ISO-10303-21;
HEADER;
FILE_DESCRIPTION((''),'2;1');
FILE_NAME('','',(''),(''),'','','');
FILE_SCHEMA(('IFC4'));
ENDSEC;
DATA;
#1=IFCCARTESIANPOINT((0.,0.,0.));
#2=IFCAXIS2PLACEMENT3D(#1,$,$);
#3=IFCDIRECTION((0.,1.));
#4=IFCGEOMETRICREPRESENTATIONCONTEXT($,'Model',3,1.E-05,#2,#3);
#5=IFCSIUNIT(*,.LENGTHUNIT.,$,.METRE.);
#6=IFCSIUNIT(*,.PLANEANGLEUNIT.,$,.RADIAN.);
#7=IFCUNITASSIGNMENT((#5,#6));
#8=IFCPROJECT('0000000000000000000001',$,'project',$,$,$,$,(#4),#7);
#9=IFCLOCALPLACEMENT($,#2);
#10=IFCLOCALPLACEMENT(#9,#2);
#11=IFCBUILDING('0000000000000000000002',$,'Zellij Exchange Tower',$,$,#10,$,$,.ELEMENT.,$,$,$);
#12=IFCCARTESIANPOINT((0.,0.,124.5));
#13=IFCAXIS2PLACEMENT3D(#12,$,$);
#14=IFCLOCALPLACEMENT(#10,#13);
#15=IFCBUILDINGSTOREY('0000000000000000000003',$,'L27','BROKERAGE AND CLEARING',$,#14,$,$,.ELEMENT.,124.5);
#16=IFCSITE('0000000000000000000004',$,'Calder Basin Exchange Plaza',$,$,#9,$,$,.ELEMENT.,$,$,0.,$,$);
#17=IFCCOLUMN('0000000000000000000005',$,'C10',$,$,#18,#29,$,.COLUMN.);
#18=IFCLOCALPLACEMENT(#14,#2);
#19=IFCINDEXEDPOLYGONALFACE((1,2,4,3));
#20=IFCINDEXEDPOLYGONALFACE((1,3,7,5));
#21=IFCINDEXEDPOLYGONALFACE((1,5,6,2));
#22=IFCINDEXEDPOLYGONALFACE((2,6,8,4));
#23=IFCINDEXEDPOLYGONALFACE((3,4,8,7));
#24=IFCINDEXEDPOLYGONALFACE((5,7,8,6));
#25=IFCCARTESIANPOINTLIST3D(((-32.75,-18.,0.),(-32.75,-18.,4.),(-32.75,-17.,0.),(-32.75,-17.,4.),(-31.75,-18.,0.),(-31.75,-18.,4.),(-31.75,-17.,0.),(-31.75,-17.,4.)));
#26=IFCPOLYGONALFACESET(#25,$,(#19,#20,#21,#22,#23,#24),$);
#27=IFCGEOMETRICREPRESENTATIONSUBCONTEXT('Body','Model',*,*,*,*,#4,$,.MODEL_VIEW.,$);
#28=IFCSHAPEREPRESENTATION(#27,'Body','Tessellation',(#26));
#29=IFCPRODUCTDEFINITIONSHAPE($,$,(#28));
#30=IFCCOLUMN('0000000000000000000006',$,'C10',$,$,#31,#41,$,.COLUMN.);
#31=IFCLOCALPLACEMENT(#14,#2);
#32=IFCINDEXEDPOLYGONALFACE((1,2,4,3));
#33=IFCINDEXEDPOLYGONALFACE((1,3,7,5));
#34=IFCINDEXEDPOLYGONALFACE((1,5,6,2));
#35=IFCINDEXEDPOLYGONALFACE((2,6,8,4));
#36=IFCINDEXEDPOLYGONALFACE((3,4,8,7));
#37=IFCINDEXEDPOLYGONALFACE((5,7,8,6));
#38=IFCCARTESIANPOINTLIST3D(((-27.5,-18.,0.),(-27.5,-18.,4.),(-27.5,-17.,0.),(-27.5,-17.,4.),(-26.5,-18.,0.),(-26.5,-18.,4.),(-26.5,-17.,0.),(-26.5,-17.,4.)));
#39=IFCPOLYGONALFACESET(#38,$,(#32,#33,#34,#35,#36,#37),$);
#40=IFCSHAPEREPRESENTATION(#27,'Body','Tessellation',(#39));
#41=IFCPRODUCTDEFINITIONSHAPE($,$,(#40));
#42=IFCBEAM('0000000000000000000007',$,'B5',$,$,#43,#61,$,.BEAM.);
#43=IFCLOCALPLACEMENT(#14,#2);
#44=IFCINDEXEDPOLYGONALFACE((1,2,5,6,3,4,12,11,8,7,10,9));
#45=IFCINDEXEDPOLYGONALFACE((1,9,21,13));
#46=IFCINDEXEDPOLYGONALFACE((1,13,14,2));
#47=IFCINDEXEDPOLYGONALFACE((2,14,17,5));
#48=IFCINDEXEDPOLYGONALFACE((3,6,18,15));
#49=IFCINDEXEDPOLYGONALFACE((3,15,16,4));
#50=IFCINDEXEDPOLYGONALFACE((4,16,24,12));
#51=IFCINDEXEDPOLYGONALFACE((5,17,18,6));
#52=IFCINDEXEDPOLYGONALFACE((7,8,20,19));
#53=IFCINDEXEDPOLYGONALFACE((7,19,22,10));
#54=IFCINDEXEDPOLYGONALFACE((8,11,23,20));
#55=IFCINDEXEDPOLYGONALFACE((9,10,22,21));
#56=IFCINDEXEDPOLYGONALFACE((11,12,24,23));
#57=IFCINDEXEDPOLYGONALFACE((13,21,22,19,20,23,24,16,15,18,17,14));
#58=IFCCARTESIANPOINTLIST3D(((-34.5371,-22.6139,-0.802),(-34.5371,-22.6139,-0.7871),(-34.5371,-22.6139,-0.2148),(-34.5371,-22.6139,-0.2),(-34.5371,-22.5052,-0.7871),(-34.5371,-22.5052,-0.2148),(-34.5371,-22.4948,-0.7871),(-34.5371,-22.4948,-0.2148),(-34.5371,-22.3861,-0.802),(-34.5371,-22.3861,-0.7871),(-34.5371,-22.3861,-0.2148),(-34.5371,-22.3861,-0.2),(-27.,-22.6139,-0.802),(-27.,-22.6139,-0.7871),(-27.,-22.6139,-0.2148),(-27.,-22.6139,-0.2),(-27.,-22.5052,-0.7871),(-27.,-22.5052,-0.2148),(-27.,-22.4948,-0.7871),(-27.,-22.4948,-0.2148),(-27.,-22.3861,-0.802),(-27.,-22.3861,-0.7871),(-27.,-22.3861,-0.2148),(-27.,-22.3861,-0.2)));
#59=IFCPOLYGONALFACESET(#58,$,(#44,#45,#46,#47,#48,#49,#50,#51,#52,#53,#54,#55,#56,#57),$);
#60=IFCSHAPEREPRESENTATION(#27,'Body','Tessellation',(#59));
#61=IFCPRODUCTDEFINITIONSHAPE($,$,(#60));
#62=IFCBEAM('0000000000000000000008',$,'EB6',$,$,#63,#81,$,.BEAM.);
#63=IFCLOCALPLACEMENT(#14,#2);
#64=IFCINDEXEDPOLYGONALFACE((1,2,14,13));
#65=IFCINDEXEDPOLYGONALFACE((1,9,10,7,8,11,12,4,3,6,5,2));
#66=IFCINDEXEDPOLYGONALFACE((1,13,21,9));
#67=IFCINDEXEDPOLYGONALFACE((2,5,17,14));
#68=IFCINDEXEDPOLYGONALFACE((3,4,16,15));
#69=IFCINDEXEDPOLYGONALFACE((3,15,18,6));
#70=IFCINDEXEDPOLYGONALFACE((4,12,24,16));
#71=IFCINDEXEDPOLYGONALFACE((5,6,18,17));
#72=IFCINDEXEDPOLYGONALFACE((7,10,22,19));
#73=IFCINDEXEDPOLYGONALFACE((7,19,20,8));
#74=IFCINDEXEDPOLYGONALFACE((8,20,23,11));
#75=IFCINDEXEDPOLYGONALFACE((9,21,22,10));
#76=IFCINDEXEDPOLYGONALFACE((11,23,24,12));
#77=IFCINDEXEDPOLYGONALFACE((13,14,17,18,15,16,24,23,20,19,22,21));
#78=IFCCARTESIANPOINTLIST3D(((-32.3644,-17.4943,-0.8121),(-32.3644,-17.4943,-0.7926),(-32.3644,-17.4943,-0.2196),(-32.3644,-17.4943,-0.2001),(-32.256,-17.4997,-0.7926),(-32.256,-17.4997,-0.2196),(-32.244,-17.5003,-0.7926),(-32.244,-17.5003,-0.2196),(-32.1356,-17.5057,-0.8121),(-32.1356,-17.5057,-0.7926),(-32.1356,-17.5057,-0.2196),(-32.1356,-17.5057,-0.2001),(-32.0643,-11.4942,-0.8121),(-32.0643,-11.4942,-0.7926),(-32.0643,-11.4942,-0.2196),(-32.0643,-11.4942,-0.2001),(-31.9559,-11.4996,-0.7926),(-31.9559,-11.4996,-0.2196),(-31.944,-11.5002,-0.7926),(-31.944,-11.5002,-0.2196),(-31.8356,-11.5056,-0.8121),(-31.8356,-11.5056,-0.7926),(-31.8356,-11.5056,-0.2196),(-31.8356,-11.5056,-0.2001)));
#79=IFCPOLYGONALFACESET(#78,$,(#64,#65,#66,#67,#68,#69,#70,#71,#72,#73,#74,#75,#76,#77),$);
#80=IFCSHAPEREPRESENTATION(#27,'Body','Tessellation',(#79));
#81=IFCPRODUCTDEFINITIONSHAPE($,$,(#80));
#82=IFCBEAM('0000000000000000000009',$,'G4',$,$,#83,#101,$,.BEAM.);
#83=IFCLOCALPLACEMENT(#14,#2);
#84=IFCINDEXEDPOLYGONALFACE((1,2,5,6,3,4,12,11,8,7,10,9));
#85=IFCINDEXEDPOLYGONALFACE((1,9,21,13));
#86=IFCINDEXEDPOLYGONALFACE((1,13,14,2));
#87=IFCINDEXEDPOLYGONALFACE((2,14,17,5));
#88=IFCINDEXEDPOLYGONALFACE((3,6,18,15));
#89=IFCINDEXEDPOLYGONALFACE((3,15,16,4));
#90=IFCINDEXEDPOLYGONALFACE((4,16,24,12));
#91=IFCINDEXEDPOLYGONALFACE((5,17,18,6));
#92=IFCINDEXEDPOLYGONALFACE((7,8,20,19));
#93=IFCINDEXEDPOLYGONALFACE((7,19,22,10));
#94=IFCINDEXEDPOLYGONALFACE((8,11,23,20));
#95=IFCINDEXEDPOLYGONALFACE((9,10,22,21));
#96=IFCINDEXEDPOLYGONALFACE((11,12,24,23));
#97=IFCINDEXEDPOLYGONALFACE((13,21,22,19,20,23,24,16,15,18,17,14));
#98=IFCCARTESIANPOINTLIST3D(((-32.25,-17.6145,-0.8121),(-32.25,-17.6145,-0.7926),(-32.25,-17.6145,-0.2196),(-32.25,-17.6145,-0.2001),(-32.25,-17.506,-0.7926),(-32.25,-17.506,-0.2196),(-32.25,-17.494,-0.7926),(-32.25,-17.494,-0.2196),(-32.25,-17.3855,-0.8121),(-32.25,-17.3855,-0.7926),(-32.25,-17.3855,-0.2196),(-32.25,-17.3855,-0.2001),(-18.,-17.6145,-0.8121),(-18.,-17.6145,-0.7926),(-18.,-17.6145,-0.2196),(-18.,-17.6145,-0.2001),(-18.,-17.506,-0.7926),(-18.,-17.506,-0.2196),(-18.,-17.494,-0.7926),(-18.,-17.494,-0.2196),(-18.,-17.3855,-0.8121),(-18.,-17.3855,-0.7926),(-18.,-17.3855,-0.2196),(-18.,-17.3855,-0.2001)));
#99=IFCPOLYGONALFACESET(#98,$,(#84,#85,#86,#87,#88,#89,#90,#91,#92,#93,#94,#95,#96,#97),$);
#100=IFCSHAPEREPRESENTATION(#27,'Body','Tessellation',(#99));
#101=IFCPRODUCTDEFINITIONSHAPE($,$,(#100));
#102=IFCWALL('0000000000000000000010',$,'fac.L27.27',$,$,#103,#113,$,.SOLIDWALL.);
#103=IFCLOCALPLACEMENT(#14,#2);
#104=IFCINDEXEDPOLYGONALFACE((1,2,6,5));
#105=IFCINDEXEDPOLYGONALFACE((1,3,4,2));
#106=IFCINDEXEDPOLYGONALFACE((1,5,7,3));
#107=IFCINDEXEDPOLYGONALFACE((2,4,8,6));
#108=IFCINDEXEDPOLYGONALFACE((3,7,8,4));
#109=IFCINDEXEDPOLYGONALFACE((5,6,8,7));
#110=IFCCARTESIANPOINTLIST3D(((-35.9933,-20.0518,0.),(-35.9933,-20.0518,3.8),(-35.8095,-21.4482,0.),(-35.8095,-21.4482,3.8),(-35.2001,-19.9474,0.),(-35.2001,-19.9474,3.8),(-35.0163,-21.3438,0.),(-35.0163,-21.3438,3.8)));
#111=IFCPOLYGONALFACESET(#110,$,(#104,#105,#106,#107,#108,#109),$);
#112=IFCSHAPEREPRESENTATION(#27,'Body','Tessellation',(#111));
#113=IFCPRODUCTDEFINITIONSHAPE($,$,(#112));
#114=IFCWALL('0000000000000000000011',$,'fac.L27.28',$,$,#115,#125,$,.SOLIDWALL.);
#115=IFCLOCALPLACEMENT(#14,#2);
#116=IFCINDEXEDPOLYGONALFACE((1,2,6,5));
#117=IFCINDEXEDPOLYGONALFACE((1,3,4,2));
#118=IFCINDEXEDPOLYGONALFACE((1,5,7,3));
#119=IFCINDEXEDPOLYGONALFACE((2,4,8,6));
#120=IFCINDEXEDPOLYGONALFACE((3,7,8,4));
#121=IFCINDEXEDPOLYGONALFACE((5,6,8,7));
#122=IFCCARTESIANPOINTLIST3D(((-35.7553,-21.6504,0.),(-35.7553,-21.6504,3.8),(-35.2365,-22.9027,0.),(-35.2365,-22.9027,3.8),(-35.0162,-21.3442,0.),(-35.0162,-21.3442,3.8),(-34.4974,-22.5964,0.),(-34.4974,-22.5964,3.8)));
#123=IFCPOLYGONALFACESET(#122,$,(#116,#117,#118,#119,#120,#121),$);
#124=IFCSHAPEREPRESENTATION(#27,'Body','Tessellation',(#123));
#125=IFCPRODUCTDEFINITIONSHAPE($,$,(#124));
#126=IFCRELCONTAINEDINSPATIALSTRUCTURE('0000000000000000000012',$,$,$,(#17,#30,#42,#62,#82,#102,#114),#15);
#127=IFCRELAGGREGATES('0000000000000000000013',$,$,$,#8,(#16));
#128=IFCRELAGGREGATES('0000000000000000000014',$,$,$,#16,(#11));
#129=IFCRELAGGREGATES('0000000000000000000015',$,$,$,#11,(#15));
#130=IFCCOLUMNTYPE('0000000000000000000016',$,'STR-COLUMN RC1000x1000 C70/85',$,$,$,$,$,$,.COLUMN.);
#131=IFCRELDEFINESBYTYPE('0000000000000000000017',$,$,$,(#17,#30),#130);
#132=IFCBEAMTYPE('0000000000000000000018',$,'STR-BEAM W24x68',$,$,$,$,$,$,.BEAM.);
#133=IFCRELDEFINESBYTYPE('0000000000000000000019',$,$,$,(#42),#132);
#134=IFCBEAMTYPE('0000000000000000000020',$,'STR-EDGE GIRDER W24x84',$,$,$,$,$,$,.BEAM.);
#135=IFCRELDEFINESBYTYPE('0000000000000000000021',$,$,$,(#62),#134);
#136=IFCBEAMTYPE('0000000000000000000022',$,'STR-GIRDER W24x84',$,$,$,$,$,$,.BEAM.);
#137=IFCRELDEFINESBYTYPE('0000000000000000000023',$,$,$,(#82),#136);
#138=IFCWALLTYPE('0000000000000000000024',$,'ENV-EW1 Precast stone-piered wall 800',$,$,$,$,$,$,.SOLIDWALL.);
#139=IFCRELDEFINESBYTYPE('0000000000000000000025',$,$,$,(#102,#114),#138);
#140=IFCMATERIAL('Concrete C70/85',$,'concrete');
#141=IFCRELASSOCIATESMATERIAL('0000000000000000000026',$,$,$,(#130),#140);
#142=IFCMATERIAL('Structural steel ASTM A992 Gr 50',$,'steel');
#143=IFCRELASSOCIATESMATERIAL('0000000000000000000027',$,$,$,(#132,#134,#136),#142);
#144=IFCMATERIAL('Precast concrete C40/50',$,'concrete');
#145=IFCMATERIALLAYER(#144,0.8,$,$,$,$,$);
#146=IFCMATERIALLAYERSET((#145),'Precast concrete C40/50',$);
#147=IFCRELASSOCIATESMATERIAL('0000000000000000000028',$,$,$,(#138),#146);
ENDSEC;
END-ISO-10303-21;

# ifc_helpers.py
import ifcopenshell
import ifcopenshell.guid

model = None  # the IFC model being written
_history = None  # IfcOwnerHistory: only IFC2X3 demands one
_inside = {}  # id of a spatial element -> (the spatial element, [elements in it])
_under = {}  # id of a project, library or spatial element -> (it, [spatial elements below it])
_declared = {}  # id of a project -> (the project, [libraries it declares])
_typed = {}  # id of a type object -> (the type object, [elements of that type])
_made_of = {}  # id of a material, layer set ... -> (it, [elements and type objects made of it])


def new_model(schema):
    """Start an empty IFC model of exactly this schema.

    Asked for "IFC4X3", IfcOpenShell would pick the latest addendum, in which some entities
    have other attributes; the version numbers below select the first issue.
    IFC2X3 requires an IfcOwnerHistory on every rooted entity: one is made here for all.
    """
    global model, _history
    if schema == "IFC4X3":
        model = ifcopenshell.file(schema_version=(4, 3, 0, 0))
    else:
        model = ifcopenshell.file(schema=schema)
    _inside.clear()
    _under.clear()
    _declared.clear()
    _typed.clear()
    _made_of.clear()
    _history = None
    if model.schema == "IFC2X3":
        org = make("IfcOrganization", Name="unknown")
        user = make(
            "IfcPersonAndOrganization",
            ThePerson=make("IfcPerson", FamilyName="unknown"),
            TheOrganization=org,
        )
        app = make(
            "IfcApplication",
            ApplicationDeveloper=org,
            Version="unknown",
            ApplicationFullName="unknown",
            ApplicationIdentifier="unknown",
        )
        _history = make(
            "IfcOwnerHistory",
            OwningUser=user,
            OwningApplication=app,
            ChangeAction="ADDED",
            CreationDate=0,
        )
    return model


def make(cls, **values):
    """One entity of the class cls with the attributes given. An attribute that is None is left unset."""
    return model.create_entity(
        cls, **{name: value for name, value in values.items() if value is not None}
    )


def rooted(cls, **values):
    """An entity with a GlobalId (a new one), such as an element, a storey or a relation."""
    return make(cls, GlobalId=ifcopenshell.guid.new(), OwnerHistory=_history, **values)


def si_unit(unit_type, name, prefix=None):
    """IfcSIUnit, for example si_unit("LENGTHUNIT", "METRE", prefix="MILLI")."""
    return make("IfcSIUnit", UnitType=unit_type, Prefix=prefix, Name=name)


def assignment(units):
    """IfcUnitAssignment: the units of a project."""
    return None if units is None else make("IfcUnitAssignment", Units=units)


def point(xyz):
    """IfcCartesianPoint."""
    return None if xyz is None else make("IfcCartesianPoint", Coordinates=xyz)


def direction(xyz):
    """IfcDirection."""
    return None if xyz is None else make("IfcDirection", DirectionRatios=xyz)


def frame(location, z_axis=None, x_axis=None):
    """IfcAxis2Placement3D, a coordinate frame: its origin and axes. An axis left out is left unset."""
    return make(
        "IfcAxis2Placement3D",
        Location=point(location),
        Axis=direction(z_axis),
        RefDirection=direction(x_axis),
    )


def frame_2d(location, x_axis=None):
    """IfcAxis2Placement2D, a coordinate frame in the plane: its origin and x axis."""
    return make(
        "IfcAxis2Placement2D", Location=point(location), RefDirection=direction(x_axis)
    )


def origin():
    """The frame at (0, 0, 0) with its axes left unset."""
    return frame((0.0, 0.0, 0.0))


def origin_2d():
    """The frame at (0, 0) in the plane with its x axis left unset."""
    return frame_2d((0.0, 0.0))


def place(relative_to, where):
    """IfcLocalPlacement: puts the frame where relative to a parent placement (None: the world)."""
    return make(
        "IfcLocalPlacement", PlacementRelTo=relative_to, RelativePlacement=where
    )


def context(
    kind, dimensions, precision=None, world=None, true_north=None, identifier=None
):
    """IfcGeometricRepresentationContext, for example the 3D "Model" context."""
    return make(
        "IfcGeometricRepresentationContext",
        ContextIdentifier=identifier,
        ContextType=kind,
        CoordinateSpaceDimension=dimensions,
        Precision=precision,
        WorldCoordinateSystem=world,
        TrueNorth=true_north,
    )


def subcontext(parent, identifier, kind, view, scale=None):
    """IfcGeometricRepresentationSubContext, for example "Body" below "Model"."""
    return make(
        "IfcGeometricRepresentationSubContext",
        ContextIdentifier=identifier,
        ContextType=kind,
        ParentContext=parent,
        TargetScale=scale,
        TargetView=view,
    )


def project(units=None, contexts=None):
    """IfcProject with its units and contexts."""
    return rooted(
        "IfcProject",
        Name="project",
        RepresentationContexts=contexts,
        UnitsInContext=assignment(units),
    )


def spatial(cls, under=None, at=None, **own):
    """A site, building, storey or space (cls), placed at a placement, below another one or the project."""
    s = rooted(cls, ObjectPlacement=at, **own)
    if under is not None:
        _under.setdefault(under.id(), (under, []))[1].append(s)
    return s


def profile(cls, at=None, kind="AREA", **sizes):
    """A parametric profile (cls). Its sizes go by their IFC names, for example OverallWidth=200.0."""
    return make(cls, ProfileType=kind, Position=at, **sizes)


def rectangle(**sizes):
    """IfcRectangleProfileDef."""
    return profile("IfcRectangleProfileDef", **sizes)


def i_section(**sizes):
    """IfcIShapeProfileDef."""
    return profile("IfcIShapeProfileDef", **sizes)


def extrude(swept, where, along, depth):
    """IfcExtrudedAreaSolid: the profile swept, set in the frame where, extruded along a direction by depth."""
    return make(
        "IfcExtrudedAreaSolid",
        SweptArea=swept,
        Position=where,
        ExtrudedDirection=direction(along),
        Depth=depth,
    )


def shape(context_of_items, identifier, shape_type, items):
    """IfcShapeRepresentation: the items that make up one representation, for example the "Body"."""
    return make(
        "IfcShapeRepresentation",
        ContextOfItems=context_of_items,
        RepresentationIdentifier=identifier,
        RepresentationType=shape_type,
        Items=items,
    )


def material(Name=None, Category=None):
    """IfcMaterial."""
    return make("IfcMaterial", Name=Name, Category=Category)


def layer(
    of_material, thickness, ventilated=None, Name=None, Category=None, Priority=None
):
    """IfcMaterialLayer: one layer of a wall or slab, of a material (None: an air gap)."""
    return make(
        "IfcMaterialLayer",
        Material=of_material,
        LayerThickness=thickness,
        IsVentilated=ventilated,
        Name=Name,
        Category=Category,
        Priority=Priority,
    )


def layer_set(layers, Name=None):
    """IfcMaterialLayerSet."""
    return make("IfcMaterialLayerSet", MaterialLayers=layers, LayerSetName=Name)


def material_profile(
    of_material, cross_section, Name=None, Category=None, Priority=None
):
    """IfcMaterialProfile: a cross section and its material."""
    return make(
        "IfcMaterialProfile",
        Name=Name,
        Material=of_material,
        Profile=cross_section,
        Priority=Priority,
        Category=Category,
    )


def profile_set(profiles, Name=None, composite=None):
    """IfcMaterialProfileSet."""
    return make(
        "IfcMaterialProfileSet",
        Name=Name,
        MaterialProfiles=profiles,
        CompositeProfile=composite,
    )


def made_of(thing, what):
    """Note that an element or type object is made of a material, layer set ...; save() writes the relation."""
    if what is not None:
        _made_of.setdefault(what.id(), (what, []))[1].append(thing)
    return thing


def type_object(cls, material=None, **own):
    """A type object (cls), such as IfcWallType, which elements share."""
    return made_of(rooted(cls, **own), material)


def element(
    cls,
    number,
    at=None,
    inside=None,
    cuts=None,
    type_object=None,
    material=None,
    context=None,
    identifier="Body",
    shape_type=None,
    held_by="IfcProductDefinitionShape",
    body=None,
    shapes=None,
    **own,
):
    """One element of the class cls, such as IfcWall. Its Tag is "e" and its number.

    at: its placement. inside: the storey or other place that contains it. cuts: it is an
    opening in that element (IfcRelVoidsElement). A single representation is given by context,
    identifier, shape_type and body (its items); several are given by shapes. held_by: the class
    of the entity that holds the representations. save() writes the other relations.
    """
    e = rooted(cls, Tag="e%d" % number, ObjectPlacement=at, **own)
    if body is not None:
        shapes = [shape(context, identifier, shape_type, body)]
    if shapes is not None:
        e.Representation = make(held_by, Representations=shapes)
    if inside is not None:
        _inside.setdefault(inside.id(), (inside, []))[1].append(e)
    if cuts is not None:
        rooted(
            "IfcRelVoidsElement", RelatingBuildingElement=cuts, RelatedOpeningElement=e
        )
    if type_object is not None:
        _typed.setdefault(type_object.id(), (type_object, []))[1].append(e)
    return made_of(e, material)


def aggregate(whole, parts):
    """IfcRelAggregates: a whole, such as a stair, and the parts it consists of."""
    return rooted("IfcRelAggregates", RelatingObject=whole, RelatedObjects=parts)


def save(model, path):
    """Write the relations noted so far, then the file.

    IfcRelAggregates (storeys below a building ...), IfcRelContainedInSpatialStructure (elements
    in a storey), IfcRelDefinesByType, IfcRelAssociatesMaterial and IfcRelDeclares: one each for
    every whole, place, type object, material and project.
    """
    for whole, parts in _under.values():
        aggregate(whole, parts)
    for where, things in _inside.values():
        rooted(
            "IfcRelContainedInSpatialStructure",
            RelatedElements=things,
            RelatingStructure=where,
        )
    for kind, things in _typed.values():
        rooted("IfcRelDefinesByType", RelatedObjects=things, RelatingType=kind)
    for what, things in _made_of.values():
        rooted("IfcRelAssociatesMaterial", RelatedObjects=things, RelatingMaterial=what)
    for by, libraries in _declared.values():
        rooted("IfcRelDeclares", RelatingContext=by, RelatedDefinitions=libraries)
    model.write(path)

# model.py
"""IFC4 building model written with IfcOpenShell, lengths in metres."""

from ifc_helpers import new_model, si_unit, direction, frame, frame_2d, origin, origin_2d, place, context, subcontext, project, spatial, rectangle, i_section, extrude, material, layer, layer_set, material_profile, profile_set, type_object, element, save


model = new_model("IFC4")

# Units and contexts
model_context = context("Model", 3, precision=1e-05, world=origin(), true_north=direction((0.0, 1.0)))
body_context = subcontext(model_context, "Body", "Model", "MODEL_VIEW")
ifc_project = project(units=[si_unit("LENGTHUNIT", "METRE"), si_unit("PLANEANGLEUNIT", "RADIAN")], contexts=[model_context])

# Site, building, storey
site_placement = place(None, origin())
site = spatial("IfcSite", under=ifc_project, at=site_placement, Name="Calder Basin Exchange Plaza", CompositionType="ELEMENT", RefElevation=0.0)
building_placement = place(site_placement, origin())
building = spatial("IfcBuilding", under=site, at=building_placement, Name="Zellij Exchange Tower", CompositionType="ELEMENT")
storey_placement = place(building_placement, frame((0.0, 0.0, 124.5)))
storey = spatial("IfcBuildingStorey", under=building, at=storey_placement, Name="L27", Description="BROKERAGE AND CLEARING", CompositionType="ELEMENT", Elevation=124.5)

# Columns
ifc_material_1 = material(Name="Concrete C70/85", Category="concrete")
ifc_material_profile_1 = material_profile(ifc_material_1, rectangle(XDim=1.0, YDim=1.0, at=origin_2d()), Name="STR-COLUMN RC1000x1000 C70/85")
ifc_profile_set_1 = profile_set([ifc_material_profile_1], Name="Concrete C70/85")
column_type = type_object("IfcColumnType", Name="STR-COLUMN RC1000x1000 C70/85", PredefinedType="COLUMN", material=ifc_profile_set_1)
for number, where, z_axis, x_axis, name in (
    (1, (-32.25, -17.5, 0.0), (0.0, 0.0, 1.0), (1.0, 0.0, 0.0), "C10"),
    (2, (-27.0, -17.5, 0.0), (0.0, 0.0, 1.0), (1.0, 0.0, 0.0), "C10"),
):
    element("IfcColumn", number, at=place(storey_placement, frame(where, z_axis=z_axis, x_axis=x_axis)), inside=storey, type_object=column_type, Name=name, PredefinedType="COLUMN", context=body_context, shape_type="SweptSolid", body=[
        extrude(rectangle(XDim=1.0, YDim=1.0, at=origin_2d()), origin(), (0.0, 0.0, 1.0), 4.0),
    ])

# Beams
ifc_material_2 = material(Name="Structural steel ASTM A992 Gr 50", Category="steel")
ifc_material_profile_2 = material_profile(ifc_material_2, i_section(OverallWidth=0.2278, OverallDepth=0.6021, WebThickness=0.0105, FlangeThickness=0.0149, at=origin_2d()), Name="W24x68")
ifc_profile_set_2 = profile_set([ifc_material_profile_2], Name="Structural steel ASTM A992 Gr 50")
beam_type_1 = type_object("IfcBeamType", Name="STR-BEAM W24x68", PredefinedType="BEAM", material=ifc_profile_set_2)
beam_1_placement = place(storey_placement, frame((-34.5371, -22.5, -0.501), z_axis=(1.0, 0.0, 0.0), x_axis=(0.0, 1.0, 0.0)))
element("IfcBeam", 3, at=beam_1_placement, inside=storey, type_object=beam_type_1, Name="B5", PredefinedType="BEAM", context=body_context, shape_type="SweptSolid", body=[
    extrude(i_section(OverallWidth=0.2278, OverallDepth=0.6021, WebThickness=0.0105, FlangeThickness=0.0149, at=origin_2d()), origin(), (0.0, 0.0, 1.0), 7.5371),
])
ifc_material_profile_3 = material_profile(ifc_material_2, i_section(OverallWidth=0.229, OverallDepth=0.6121, WebThickness=0.012, FlangeThickness=0.0195, at=origin_2d()), Name="W24x84")
ifc_profile_set_3 = profile_set([ifc_material_profile_3], Name="Structural steel ASTM A992 Gr 50")
beam_type_2 = type_object("IfcBeamType", Name="STR-EDGE GIRDER W24x84", PredefinedType="BEAM", material=ifc_profile_set_3)
beam_2_placement = place(storey_placement, frame((-32.25, -17.5, -0.5061), z_axis=(0.049946, 0.998752, 0.0), x_axis=(-0.998752, 0.049946, 0.0)))
element("IfcBeam", 4, at=beam_2_placement, inside=storey, type_object=beam_type_2, Name="EB6", PredefinedType="BEAM", context=body_context, shape_type="SweptSolid", body=[
    extrude(i_section(OverallWidth=0.229, OverallDepth=0.6121, WebThickness=0.012, FlangeThickness=0.0195, at=origin_2d()), origin(), (0.0, 0.0, 1.0), 6.0076),
])
ifc_material_profile_4 = material_profile(ifc_material_2, i_section(OverallWidth=0.229, OverallDepth=0.6121, WebThickness=0.012, FlangeThickness=0.0195, at=origin_2d()), Name="W24x84")
ifc_profile_set_4 = profile_set([ifc_material_profile_4], Name="Structural steel ASTM A992 Gr 50")
beam_type_3 = type_object("IfcBeamType", Name="STR-GIRDER W24x84", PredefinedType="BEAM", material=ifc_profile_set_4)
beam_3_placement = place(storey_placement, frame((-32.25, -17.5, -0.5061), z_axis=(1.0, 0.0, 0.0), x_axis=(0.0, 1.0, 0.0)))
element("IfcBeam", 5, at=beam_3_placement, inside=storey, type_object=beam_type_3, Name="G4", PredefinedType="BEAM", context=body_context, shape_type="SweptSolid", body=[
    extrude(i_section(OverallWidth=0.229, OverallDepth=0.6121, WebThickness=0.012, FlangeThickness=0.0195, at=origin_2d()), origin(), (0.0, 0.0, 1.0), 14.25),
])

# Walls
ifc_material_3 = material(Name="Precast concrete C40/50", Category="concrete")
ifc_layer_1 = layer(ifc_material_3, 0.8)
ifc_layer_set_1 = layer_set([ifc_layer_1], Name="Precast concrete C40/50")
wall_type_1 = type_object("IfcWallType", Name="ENV-EW1 Precast stone-piered wall 800", PredefinedType="SOLIDWALL", material=ifc_layer_set_1)
wall_1_placement = place(storey_placement, frame((-35.5967, -19.9998, 0.0), z_axis=(0.0, 0.0, 1.0), x_axis=(0.130517, -0.991446, 0.0)))
element("IfcWall", 6, at=wall_1_placement, inside=storey, type_object=wall_type_1, Name="fac.L27.27", PredefinedType="SOLIDWALL", context=body_context, shape_type="SweptSolid", body=[
    extrude(rectangle(XDim=1.4084, YDim=0.8, at=frame_2d((0.7041, 0.0))), origin(), (0.0, 0.0, 1.0), 3.8),
])
wall_2_placement = place(storey_placement, frame((-35.3857, -21.4973, 0.0), z_axis=(0.0, 0.0, 1.0), x_axis=(0.38276, -0.923848, 0.0)))
element("IfcWall", 7, at=wall_2_placement, inside=storey, type_object=wall_type_1, Name="fac.L27.28", PredefinedType="SOLIDWALL", context=body_context, shape_type="SweptSolid", body=[
    extrude(rectangle(XDim=1.3555, YDim=0.8, at=frame_2d((0.6777, 0.0))), origin(), (0.0, 0.0, 1.0), 3.8),
])

save(model, "model.ifc")
